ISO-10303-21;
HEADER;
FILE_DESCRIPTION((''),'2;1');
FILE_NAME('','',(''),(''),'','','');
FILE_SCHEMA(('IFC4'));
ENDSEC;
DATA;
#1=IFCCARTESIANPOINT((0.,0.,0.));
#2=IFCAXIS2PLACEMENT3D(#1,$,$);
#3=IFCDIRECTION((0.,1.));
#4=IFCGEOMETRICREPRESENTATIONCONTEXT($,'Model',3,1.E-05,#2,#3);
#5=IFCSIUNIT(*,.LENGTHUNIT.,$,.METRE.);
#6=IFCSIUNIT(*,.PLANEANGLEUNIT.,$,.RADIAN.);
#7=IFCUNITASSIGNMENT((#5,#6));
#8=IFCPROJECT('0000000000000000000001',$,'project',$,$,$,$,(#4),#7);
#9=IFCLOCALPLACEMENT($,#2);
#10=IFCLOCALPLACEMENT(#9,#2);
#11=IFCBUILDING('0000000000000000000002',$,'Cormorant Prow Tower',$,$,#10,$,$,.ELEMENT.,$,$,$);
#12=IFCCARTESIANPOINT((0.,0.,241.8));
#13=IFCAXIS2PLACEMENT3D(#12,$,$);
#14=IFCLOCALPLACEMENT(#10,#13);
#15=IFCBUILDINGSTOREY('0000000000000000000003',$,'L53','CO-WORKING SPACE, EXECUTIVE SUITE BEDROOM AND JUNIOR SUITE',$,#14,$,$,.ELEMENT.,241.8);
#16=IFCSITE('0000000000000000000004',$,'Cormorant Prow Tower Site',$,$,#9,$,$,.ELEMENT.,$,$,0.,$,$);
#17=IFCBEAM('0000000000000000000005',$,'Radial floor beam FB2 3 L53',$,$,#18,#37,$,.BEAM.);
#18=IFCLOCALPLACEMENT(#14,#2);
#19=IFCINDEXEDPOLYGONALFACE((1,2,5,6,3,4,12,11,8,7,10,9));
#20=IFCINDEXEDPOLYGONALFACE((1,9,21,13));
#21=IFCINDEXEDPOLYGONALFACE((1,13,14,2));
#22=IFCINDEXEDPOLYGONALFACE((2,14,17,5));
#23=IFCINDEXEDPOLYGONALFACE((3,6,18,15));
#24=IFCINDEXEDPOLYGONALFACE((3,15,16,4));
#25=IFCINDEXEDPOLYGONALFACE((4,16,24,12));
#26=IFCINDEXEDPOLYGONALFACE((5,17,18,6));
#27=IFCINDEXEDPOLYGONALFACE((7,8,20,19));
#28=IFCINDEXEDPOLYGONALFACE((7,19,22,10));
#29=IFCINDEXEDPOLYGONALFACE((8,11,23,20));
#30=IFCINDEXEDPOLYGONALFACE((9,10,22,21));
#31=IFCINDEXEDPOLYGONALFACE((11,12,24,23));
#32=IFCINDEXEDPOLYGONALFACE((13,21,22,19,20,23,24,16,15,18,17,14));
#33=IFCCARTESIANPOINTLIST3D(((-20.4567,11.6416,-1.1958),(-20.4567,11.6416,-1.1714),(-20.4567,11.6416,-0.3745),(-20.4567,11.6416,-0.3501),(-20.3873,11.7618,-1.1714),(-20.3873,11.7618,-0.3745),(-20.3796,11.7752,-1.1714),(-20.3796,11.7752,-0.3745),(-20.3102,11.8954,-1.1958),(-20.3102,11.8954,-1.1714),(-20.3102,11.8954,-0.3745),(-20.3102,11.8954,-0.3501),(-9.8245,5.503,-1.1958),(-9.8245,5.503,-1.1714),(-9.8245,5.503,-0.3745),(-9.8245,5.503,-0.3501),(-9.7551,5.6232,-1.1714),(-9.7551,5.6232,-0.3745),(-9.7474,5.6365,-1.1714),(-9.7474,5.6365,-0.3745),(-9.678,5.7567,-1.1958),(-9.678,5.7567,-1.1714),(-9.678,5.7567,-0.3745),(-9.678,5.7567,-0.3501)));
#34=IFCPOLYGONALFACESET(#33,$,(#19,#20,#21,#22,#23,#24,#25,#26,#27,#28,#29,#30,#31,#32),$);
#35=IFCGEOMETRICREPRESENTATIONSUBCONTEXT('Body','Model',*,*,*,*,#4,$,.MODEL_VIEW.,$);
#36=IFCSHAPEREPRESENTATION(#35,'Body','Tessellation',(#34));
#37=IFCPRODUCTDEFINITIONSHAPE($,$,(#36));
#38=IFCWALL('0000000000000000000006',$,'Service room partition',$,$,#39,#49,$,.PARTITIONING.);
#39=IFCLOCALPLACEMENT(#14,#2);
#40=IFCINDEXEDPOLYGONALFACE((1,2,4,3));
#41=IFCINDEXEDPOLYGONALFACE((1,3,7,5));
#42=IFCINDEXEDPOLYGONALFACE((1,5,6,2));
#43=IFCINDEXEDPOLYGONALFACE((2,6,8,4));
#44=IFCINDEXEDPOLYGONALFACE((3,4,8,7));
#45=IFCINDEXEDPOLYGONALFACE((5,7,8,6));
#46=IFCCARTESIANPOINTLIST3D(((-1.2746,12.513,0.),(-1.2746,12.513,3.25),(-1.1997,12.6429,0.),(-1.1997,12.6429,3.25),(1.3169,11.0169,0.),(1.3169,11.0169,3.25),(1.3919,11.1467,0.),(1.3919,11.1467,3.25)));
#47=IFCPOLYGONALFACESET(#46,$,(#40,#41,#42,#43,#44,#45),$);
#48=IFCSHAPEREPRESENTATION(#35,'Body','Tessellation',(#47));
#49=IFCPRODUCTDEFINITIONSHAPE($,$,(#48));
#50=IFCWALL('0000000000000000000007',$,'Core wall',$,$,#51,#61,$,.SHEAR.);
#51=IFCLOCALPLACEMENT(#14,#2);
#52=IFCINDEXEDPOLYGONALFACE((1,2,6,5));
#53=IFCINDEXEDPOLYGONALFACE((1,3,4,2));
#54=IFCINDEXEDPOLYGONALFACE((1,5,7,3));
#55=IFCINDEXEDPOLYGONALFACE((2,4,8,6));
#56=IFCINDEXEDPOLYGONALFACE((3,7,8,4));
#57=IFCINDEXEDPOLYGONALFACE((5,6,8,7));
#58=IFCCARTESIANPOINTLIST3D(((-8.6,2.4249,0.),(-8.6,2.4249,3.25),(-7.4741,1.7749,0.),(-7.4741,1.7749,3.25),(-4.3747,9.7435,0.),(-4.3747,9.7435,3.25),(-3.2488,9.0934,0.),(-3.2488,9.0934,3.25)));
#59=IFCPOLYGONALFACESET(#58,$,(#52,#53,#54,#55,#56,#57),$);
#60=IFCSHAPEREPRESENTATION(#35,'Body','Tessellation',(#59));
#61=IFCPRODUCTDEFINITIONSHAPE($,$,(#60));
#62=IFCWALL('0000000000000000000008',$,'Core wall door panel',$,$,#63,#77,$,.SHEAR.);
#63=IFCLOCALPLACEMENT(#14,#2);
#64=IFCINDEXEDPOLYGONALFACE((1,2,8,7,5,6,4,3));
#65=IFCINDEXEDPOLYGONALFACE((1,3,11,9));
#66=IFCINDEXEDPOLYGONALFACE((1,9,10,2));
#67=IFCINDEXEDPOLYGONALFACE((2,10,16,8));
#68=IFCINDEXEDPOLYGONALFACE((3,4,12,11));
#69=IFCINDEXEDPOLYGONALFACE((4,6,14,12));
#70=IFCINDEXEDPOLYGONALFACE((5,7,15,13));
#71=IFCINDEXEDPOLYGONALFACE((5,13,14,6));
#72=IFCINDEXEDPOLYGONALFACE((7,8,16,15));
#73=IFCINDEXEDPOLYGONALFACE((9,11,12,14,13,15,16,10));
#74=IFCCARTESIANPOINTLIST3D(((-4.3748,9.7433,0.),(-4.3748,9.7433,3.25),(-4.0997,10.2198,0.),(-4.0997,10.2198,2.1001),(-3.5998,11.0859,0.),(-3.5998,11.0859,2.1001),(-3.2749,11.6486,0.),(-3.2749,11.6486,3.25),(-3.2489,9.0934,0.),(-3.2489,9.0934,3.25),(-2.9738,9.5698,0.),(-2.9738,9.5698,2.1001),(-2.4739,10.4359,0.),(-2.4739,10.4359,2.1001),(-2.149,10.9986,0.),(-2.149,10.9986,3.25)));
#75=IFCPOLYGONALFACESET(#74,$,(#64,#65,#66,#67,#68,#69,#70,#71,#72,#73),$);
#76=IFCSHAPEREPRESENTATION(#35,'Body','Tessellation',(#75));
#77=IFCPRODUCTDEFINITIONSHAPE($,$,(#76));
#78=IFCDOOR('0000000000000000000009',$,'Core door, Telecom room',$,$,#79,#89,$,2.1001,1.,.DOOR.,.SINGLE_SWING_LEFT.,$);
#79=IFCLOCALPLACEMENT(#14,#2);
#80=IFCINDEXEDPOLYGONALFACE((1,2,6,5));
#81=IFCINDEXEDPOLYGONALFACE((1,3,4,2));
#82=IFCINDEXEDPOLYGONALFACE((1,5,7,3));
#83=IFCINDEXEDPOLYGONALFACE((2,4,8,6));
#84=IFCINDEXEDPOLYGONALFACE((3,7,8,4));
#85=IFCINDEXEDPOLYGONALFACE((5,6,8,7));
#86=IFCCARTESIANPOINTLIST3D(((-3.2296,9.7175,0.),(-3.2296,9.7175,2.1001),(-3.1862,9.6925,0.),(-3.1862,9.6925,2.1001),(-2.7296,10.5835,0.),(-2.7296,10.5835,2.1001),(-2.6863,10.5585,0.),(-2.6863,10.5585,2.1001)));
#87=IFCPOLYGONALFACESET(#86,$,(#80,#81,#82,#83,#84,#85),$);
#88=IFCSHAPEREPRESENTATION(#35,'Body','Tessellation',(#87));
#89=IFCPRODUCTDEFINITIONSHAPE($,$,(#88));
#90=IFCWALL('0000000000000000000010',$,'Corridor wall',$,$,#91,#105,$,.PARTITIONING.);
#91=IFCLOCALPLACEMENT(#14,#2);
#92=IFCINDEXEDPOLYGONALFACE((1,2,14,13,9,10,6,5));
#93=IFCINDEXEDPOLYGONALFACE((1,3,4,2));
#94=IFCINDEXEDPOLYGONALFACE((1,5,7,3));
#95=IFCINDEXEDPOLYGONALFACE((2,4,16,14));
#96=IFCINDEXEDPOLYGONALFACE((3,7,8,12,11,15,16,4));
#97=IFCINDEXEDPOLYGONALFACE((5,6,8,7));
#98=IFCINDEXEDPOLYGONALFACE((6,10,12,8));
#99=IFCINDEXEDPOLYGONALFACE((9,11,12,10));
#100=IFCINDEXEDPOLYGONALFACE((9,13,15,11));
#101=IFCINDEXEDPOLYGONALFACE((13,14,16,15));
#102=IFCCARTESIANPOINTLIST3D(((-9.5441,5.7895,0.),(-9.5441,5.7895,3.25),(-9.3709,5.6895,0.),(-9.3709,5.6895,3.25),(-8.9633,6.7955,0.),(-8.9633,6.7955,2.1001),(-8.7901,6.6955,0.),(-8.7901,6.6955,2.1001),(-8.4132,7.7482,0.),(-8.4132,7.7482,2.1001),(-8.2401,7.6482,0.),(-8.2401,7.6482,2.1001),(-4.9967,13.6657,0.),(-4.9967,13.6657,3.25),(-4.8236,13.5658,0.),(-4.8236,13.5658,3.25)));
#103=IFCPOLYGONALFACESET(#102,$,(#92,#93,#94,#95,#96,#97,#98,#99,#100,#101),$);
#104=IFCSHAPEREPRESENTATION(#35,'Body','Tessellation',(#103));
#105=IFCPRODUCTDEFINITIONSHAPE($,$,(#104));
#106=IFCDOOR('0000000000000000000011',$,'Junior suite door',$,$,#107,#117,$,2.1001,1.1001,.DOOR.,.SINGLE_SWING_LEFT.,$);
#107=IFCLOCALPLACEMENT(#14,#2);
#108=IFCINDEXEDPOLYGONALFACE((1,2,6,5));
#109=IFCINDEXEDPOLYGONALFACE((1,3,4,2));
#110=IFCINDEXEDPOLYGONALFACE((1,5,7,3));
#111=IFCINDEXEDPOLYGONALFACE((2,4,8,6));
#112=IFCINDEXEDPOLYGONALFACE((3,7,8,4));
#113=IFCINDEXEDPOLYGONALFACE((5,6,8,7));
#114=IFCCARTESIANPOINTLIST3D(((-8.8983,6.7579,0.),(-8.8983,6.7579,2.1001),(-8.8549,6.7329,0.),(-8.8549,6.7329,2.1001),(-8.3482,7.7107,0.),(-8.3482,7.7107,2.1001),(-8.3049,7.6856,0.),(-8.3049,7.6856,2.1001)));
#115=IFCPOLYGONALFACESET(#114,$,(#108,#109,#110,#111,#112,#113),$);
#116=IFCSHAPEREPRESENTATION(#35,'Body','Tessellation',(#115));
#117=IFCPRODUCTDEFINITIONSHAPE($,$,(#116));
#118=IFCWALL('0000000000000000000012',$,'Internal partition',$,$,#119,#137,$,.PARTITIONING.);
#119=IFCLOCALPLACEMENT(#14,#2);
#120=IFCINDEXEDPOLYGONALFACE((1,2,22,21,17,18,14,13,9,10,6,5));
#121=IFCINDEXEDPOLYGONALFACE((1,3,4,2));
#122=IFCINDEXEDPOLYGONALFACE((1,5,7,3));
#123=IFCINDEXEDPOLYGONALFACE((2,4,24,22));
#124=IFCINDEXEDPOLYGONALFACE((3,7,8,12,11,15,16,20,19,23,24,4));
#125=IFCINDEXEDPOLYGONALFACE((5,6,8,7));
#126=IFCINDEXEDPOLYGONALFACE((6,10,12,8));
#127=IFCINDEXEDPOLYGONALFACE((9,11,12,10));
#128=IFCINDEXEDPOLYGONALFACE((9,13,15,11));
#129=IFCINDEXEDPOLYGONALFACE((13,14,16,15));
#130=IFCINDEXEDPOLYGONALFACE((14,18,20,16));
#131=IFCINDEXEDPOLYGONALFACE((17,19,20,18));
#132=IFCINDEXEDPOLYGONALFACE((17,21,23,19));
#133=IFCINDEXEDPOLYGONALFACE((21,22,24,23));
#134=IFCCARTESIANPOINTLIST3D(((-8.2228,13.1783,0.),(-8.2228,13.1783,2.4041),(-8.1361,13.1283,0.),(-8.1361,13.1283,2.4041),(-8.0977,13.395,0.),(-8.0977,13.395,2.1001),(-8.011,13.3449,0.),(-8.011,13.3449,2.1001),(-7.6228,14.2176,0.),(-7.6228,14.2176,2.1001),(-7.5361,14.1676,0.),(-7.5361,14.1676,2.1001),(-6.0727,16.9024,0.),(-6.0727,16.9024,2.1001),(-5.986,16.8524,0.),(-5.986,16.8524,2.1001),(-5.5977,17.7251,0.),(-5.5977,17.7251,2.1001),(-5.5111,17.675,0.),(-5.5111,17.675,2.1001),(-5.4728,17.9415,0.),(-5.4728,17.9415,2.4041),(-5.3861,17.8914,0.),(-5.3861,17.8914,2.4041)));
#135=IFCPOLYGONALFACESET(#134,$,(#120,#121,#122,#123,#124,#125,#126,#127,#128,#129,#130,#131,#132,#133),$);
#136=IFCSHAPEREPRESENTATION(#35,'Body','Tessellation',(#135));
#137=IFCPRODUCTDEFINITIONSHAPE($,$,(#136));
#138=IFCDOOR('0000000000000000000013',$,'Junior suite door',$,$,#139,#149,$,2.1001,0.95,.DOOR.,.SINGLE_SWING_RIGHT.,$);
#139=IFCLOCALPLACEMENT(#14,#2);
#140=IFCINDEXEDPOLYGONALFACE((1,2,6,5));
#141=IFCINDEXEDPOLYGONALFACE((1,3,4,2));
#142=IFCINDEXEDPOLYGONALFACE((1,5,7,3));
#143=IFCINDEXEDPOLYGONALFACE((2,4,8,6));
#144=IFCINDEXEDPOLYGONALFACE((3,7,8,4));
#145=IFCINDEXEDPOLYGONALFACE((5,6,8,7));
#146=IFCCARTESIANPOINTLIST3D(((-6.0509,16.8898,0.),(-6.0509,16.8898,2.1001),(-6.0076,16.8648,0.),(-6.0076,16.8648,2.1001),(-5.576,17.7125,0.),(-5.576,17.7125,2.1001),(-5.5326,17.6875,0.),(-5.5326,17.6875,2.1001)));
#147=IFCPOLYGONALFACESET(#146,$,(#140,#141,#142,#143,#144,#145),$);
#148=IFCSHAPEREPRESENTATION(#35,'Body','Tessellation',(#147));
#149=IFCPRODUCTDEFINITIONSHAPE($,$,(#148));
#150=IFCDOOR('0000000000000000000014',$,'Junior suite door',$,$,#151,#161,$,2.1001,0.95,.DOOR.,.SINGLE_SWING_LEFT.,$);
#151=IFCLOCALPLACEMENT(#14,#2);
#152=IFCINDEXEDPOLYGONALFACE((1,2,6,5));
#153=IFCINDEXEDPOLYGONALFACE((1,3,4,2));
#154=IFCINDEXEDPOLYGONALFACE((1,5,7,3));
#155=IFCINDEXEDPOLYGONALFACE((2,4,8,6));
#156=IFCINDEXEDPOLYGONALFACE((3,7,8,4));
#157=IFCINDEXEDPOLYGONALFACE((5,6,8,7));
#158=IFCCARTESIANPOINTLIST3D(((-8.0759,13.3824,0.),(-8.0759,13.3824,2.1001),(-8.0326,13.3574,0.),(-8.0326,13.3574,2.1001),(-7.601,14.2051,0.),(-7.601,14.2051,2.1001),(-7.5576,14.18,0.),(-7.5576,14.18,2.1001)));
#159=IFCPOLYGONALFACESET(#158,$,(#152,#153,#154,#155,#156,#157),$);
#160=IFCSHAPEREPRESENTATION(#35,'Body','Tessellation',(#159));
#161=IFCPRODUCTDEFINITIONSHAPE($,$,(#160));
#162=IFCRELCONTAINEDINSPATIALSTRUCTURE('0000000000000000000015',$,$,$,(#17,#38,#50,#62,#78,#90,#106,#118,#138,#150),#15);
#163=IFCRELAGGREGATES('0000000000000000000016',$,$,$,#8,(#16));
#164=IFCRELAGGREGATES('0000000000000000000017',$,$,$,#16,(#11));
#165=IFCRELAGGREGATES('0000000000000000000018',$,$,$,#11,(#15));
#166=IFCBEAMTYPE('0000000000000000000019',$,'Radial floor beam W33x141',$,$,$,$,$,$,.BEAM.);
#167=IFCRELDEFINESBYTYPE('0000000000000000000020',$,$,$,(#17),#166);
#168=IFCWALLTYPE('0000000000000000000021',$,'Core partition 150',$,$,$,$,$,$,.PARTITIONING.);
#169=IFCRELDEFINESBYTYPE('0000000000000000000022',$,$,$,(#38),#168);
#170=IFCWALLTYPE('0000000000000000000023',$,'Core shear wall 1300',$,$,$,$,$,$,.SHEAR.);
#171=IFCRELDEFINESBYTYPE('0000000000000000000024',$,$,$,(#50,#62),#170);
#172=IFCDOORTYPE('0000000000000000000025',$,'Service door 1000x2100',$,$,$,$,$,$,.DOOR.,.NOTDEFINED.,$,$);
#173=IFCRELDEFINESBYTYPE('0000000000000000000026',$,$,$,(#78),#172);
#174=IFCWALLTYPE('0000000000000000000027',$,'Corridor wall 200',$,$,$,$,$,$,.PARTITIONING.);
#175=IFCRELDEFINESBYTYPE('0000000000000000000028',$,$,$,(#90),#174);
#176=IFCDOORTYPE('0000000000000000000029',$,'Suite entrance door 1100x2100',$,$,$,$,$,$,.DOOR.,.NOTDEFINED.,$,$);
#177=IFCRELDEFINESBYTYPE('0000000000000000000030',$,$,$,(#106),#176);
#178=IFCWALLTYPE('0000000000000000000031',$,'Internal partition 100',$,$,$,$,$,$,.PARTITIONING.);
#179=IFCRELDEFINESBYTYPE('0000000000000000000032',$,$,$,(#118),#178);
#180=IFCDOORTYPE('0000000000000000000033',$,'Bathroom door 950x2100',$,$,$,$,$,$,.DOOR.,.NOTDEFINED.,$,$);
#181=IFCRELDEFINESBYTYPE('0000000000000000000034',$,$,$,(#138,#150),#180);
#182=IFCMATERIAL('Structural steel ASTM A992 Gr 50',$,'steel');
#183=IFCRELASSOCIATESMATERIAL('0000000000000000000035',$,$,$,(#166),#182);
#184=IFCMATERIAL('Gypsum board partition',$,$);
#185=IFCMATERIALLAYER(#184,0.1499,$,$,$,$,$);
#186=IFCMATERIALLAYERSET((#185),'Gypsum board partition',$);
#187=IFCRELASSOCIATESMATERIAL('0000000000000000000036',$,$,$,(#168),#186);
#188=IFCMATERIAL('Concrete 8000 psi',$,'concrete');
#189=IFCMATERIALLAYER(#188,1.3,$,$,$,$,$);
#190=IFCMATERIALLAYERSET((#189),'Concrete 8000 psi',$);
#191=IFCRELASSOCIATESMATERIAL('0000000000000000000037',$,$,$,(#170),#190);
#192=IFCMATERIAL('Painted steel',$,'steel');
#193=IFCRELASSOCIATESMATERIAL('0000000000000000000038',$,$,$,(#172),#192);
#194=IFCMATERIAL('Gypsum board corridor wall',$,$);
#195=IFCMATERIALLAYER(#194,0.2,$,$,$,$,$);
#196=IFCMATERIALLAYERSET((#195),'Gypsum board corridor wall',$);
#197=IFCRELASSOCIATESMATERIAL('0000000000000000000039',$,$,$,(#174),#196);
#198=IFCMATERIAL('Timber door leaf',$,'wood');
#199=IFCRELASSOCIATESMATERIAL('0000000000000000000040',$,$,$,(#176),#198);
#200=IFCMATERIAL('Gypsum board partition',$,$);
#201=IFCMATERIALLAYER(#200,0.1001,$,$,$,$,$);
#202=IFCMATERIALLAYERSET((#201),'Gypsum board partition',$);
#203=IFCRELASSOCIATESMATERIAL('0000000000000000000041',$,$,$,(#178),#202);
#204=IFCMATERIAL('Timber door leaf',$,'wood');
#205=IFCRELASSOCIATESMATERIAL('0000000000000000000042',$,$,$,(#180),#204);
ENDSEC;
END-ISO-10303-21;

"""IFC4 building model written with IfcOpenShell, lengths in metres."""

from ifc_helpers import new_model, si_unit, direction, frame, frame_2d, origin, origin_2d, place, context, subcontext, project, spatial, rectangle, i_section, extrude, material, layer, layer_set, material_profile, profile_set, type_object, element, fill, save


model = new_model("IFC4")

# Units and contexts
model_context = context("Model", 3, precision=1e-05, world=origin(), true_north=direction((0.0, 1.0)))
body_context = subcontext(model_context, "Body", "Model", "MODEL_VIEW")
ifc_project = project(units=[si_unit("LENGTHUNIT", "METRE"), si_unit("PLANEANGLEUNIT", "RADIAN")], contexts=[model_context])

# Site, building, storey
site_placement = place(None, origin())
site = spatial("IfcSite", under=ifc_project, at=site_placement, Name="Cormorant Prow Tower Site", CompositionType="ELEMENT", RefElevation=0.0)
building_placement = place(site_placement, origin())
building = spatial("IfcBuilding", under=site, at=building_placement, Name="Cormorant Prow Tower", CompositionType="ELEMENT")
storey_placement = place(building_placement, frame((0.0, 0.0, 241.8)))
storey = spatial("IfcBuildingStorey", under=building, at=storey_placement, Name="L53", Description="CO-WORKING SPACE, EXECUTIVE SUITE BEDROOM AND JUNIOR SUITE", CompositionType="ELEMENT", Elevation=241.8)

# Beam
ifc_material_1 = material(Name="Structural steel ASTM A992 Gr 50", Category="steel")
ifc_material_profile = material_profile(ifc_material_1, i_section(OverallWidth=0.293, OverallDepth=0.8457, WebThickness=0.0154, FlangeThickness=0.0244, at=origin_2d()), Name="W33x141")
ifc_profile_set = profile_set([ifc_material_profile], Name="Structural steel ASTM A992 Gr 50")
beam_type = type_object("IfcBeamType", Name="Radial floor beam W33x141", PredefinedType="BEAM", material=ifc_profile_set)
beam_placement = place(storey_placement, frame((-9.7512, 5.6299, -0.7729), z_axis=(-0.866022, 0.500006, 0.0), x_axis=(-0.500006, -0.866022, 0.0)))
element("IfcBeam", 1, at=beam_placement, inside=storey, type_object=beam_type, Name="Radial floor beam FB2 3 L53", PredefinedType="BEAM", context=body_context, shape_type="SweptSolid", body=[
    extrude(i_section(OverallWidth=0.293, OverallDepth=0.8457, WebThickness=0.0154, FlangeThickness=0.0244, at=origin_2d()), origin(), (0.0, 0.0, 1.0), 12.2771),
])

# Walls
ifc_material_2 = material(Name="Gypsum board partition")
ifc_layer_1 = layer(ifc_material_2, 0.1499)
ifc_layer_set_1 = layer_set([ifc_layer_1], Name="Gypsum board partition")
wall_type_1 = type_object("IfcWallType", Name="Core partition 150", PredefinedType="PARTITIONING", material=ifc_layer_set_1)
wall_1_placement = place(storey_placement, frame((-1.2371, 12.5779, 0.0), z_axis=(0.0, 0.0, 1.0), x_axis=(0.866046, -0.499965, 0.0)))
element("IfcWall", 2, at=wall_1_placement, inside=storey, type_object=wall_type_1, Name="Service room partition", PredefinedType="PARTITIONING", context=body_context, shape_type="SweptSolid", body=[
    extrude(rectangle(XDim=2.9924, YDim=0.1499, at=frame_2d((1.4961, 0.0))), origin(), (0.0, 0.0, 1.0), 3.25),
])
ifc_material_3 = material(Name="Concrete 8000 psi", Category="concrete")
ifc_layer_2 = layer(ifc_material_3, 1.3)
ifc_layer_set_2 = layer_set([ifc_layer_2], Name="Concrete 8000 psi")
wall_type_2 = type_object("IfcWallType", Name="Core shear wall 1300", PredefinedType="SHEAR", material=ifc_layer_set_2)
wall_2_placement = place(storey_placement, frame((-3.8118, 9.4185, 0.0), z_axis=(0.0, 0.0, 1.0), x_axis=(-0.499995, -0.866028, 0.0)))
element("IfcWall", 3, at=wall_2_placement, inside=storey, type_object=wall_type_2, Name="Core wall", PredefinedType="SHEAR", context=body_context, shape_type="SweptSolid", body=[
    extrude(rectangle(XDim=8.4507, YDim=1.3, at=frame_2d((4.2253, 0.0))), origin(), (0.0, 0.0, 1.0), 3.25),
])

# Walls, openings, doors
wall_3_placement = place(storey_placement, frame((-2.7119, 11.3237, 0.0), z_axis=(0.0, 0.0, 1.0), x_axis=(-0.499947, -0.866056, 0.0)))
wall_3 = element("IfcWall", 4, at=wall_3_placement, inside=storey, type_object=wall_type_2, Name="Core wall door panel", PredefinedType="SHEAR", context=body_context, shape_type="SweptSolid", body=[
    extrude(rectangle(XDim=2.2, YDim=1.3, at=frame_2d((1.1001, 0.0))), origin(), (0.0, 0.0, 1.0), 3.25),
])
opening_1_placement = place(wall_3_placement, frame((0.6499, 0.0, 0.0)))
opening_1 = element("IfcOpeningElement", 5, at=opening_1_placement, cuts=wall_3, PredefinedType="OPENING", context=body_context, shape_type="SweptSolid", body=[
    extrude(rectangle(XDim=1.0, YDim=2.1001, at=frame_2d((0.5, 1.05))), frame((0.0, 0.6599, 0.0), z_axis=(0.0, -1.0, 0.0), x_axis=(1.0, 0.0, 0.0)), (0.0, 0.0, 1.0), 1.3201),
])
ifc_material_4 = material(Name="Painted steel", Category="steel")
door_type_1 = type_object("IfcDoorType", Name="Service door 1000x2100", OperationType="NOTDEFINED", PredefinedType="DOOR", material=ifc_material_4)
door_1_placement = place(opening_1_placement, origin())
door_1 = element("IfcDoor", 6, at=door_1_placement, inside=storey, type_object=door_type_1, Name="Core door, Telecom room", OperationType="SINGLE_SWING_LEFT", OverallHeight=2.1001, OverallWidth=1.0, PredefinedType="DOOR", context=body_context, shape_type="SweptSolid", body=[
    extrude(rectangle(XDim=1.0, YDim=2.1001, at=frame_2d((0.5, 1.05))), frame((0.0, 0.4048, 0.0), z_axis=(0.0, -1.0, 0.0), x_axis=(1.0, 0.0, 0.0)), (0.0, 0.0, 1.0), 0.05),
])
fill(opening_1, door_1)
ifc_material_5 = material(Name="Gypsum board corridor wall")
ifc_layer_3 = layer(ifc_material_5, 0.2)
ifc_layer_set_3 = layer_set([ifc_layer_3], Name="Gypsum board corridor wall")
wall_type_3 = type_object("IfcWallType", Name="Corridor wall 200", PredefinedType="PARTITIONING", material=ifc_layer_set_3)
wall_4_placement = place(storey_placement, frame((-9.4575, 5.7395, 0.0), z_axis=(0.0, 0.0, 1.0), x_axis=(0.500002, 0.866024, 0.0)))
wall_4 = element("IfcWall", 7, at=wall_4_placement, inside=storey, type_object=wall_type_3, Name="Corridor wall", PredefinedType="PARTITIONING", context=body_context, shape_type="SweptSolid", body=[
    extrude(rectangle(XDim=9.0947, YDim=0.2, at=frame_2d((4.5474, 0.0))), origin(), (0.0, 0.0, 1.0), 3.25),
])
opening_2_placement = place(wall_4_placement, frame((1.1616, 0.0, 0.0)))
opening_2 = element("IfcOpeningElement", 8, at=opening_2_placement, cuts=wall_4, PredefinedType="OPENING", context=body_context, shape_type="SweptSolid", body=[
    extrude(rectangle(XDim=1.1001, YDim=2.1001, at=frame_2d((0.55, 1.05))), frame((0.0, 0.1099, 0.0), z_axis=(0.0, -1.0, 0.0), x_axis=(1.0, 0.0, 0.0)), (0.0, 0.0, 1.0), 0.22),
])
ifc_material_6 = material(Name="Timber door leaf", Category="wood")
door_type_2 = type_object("IfcDoorType", Name="Suite entrance door 1100x2100", OperationType="NOTDEFINED", PredefinedType="DOOR", material=ifc_material_6)
door_2_placement = place(opening_2_placement, origin())
door_2 = element("IfcDoor", 9, at=door_2_placement, inside=storey, type_object=door_type_2, Name="Junior suite door", OperationType="SINGLE_SWING_LEFT", OverallHeight=2.1001, OverallWidth=1.1001, PredefinedType="DOOR", context=body_context, shape_type="SweptSolid", body=[
    extrude(rectangle(XDim=1.1001, YDim=2.1001, at=frame_2d((0.55, 1.05))), frame((0.0, 0.0249, 0.0), z_axis=(0.0, -1.0, 0.0), x_axis=(1.0, 0.0, 0.0)), (0.0, 0.0, 1.0), 0.05),
])
fill(opening_2, door_2)

# Wall, openings, doors
ifc_material_7 = material(Name="Gypsum board partition")
ifc_layer_4 = layer(ifc_material_7, 0.1001)
ifc_layer_set_4 = layer_set([ifc_layer_4], Name="Gypsum board partition")
wall_type_4 = type_object("IfcWallType", Name="Internal partition 100", PredefinedType="PARTITIONING", material=ifc_layer_set_4)
wall_5_placement = place(storey_placement, frame((-8.1794, 13.1533, 0.0), z_axis=(0.0, 0.0, 1.0), x_axis=(0.499997, 0.866027, 0.0)))
wall_5 = element("IfcWall", 10, at=wall_5_placement, inside=storey, type_object=wall_type_4, Name="Internal partition", PredefinedType="PARTITIONING", context=body_context, shape_type="SweptSolid", body=[
    extrude(rectangle(XDim=5.5, YDim=0.1001, at=frame_2d((2.75, 0.0))), origin(), (0.0, 0.0, 1.0), 2.4041),
])
opening_3_placement = place(wall_5_placement, frame((4.3, 0.0, 0.0)))
opening_3 = element("IfcOpeningElement", 11, at=opening_3_placement, cuts=wall_5, PredefinedType="OPENING", context=body_context, shape_type="SweptSolid", body=[
    extrude(rectangle(XDim=0.95, YDim=2.1001, at=frame_2d((0.4751, 1.05))), frame((0.0, 0.0601, 0.0), z_axis=(0.0, -1.0, 0.0), x_axis=(1.0, 0.0, 0.0)), (0.0, 0.0, 1.0), 0.1201),
])
opening_4_placement = place(wall_5_placement, frame((0.25, 0.0, 0.0)))
opening_4 = element("IfcOpeningElement", 12, at=opening_4_placement, cuts=wall_5, PredefinedType="OPENING", context=body_context, shape_type="SweptSolid", body=[
    extrude(rectangle(XDim=0.95, YDim=2.1001, at=frame_2d((0.4751, 1.05))), frame((0.0, 0.0601, 0.0), z_axis=(0.0, -1.0, 0.0), x_axis=(1.0, 0.0, 0.0)), (0.0, 0.0, 1.0), 0.1201),
])
ifc_material_8 = material(Name="Timber door leaf", Category="wood")
door_type_3 = type_object("IfcDoorType", Name="Bathroom door 950x2100", OperationType="NOTDEFINED", PredefinedType="DOOR", material=ifc_material_8)
door_3_placement = place(opening_3_placement, origin())
door_3 = element("IfcDoor", 13, at=door_3_placement, inside=storey, type_object=door_type_3, Name="Junior suite door", OperationType="SINGLE_SWING_RIGHT", OverallHeight=2.1001, OverallWidth=0.95, PredefinedType="DOOR", context=body_context, shape_type="SweptSolid", body=[
    extrude(rectangle(XDim=0.95, YDim=2.1001, at=frame_2d((0.4751, 1.05))), frame((0.0, 0.0249, 0.0), z_axis=(0.0, -1.0, 0.0), x_axis=(1.0, 0.0, 0.0)), (0.0, 0.0, 1.0), 0.05),
])
fill(opening_3, door_3)
door_4_placement = place(opening_4_placement, origin())
door_4 = element("IfcDoor", 14, at=door_4_placement, inside=storey, type_object=door_type_3, Name="Junior suite door", OperationType="SINGLE_SWING_LEFT", OverallHeight=2.1001, OverallWidth=0.95, PredefinedType="DOOR", context=body_context, shape_type="SweptSolid", body=[
    extrude(rectangle(XDim=0.95, YDim=2.1001, at=frame_2d((0.4751, 1.05))), frame((0.0, 0.0249, 0.0), z_axis=(0.0, -1.0, 0.0), x_axis=(1.0, 0.0, 0.0)), (0.0, 0.0, 1.0), 0.05),
])
fill(opening_4, door_4)

save(model, "model.ifc")
